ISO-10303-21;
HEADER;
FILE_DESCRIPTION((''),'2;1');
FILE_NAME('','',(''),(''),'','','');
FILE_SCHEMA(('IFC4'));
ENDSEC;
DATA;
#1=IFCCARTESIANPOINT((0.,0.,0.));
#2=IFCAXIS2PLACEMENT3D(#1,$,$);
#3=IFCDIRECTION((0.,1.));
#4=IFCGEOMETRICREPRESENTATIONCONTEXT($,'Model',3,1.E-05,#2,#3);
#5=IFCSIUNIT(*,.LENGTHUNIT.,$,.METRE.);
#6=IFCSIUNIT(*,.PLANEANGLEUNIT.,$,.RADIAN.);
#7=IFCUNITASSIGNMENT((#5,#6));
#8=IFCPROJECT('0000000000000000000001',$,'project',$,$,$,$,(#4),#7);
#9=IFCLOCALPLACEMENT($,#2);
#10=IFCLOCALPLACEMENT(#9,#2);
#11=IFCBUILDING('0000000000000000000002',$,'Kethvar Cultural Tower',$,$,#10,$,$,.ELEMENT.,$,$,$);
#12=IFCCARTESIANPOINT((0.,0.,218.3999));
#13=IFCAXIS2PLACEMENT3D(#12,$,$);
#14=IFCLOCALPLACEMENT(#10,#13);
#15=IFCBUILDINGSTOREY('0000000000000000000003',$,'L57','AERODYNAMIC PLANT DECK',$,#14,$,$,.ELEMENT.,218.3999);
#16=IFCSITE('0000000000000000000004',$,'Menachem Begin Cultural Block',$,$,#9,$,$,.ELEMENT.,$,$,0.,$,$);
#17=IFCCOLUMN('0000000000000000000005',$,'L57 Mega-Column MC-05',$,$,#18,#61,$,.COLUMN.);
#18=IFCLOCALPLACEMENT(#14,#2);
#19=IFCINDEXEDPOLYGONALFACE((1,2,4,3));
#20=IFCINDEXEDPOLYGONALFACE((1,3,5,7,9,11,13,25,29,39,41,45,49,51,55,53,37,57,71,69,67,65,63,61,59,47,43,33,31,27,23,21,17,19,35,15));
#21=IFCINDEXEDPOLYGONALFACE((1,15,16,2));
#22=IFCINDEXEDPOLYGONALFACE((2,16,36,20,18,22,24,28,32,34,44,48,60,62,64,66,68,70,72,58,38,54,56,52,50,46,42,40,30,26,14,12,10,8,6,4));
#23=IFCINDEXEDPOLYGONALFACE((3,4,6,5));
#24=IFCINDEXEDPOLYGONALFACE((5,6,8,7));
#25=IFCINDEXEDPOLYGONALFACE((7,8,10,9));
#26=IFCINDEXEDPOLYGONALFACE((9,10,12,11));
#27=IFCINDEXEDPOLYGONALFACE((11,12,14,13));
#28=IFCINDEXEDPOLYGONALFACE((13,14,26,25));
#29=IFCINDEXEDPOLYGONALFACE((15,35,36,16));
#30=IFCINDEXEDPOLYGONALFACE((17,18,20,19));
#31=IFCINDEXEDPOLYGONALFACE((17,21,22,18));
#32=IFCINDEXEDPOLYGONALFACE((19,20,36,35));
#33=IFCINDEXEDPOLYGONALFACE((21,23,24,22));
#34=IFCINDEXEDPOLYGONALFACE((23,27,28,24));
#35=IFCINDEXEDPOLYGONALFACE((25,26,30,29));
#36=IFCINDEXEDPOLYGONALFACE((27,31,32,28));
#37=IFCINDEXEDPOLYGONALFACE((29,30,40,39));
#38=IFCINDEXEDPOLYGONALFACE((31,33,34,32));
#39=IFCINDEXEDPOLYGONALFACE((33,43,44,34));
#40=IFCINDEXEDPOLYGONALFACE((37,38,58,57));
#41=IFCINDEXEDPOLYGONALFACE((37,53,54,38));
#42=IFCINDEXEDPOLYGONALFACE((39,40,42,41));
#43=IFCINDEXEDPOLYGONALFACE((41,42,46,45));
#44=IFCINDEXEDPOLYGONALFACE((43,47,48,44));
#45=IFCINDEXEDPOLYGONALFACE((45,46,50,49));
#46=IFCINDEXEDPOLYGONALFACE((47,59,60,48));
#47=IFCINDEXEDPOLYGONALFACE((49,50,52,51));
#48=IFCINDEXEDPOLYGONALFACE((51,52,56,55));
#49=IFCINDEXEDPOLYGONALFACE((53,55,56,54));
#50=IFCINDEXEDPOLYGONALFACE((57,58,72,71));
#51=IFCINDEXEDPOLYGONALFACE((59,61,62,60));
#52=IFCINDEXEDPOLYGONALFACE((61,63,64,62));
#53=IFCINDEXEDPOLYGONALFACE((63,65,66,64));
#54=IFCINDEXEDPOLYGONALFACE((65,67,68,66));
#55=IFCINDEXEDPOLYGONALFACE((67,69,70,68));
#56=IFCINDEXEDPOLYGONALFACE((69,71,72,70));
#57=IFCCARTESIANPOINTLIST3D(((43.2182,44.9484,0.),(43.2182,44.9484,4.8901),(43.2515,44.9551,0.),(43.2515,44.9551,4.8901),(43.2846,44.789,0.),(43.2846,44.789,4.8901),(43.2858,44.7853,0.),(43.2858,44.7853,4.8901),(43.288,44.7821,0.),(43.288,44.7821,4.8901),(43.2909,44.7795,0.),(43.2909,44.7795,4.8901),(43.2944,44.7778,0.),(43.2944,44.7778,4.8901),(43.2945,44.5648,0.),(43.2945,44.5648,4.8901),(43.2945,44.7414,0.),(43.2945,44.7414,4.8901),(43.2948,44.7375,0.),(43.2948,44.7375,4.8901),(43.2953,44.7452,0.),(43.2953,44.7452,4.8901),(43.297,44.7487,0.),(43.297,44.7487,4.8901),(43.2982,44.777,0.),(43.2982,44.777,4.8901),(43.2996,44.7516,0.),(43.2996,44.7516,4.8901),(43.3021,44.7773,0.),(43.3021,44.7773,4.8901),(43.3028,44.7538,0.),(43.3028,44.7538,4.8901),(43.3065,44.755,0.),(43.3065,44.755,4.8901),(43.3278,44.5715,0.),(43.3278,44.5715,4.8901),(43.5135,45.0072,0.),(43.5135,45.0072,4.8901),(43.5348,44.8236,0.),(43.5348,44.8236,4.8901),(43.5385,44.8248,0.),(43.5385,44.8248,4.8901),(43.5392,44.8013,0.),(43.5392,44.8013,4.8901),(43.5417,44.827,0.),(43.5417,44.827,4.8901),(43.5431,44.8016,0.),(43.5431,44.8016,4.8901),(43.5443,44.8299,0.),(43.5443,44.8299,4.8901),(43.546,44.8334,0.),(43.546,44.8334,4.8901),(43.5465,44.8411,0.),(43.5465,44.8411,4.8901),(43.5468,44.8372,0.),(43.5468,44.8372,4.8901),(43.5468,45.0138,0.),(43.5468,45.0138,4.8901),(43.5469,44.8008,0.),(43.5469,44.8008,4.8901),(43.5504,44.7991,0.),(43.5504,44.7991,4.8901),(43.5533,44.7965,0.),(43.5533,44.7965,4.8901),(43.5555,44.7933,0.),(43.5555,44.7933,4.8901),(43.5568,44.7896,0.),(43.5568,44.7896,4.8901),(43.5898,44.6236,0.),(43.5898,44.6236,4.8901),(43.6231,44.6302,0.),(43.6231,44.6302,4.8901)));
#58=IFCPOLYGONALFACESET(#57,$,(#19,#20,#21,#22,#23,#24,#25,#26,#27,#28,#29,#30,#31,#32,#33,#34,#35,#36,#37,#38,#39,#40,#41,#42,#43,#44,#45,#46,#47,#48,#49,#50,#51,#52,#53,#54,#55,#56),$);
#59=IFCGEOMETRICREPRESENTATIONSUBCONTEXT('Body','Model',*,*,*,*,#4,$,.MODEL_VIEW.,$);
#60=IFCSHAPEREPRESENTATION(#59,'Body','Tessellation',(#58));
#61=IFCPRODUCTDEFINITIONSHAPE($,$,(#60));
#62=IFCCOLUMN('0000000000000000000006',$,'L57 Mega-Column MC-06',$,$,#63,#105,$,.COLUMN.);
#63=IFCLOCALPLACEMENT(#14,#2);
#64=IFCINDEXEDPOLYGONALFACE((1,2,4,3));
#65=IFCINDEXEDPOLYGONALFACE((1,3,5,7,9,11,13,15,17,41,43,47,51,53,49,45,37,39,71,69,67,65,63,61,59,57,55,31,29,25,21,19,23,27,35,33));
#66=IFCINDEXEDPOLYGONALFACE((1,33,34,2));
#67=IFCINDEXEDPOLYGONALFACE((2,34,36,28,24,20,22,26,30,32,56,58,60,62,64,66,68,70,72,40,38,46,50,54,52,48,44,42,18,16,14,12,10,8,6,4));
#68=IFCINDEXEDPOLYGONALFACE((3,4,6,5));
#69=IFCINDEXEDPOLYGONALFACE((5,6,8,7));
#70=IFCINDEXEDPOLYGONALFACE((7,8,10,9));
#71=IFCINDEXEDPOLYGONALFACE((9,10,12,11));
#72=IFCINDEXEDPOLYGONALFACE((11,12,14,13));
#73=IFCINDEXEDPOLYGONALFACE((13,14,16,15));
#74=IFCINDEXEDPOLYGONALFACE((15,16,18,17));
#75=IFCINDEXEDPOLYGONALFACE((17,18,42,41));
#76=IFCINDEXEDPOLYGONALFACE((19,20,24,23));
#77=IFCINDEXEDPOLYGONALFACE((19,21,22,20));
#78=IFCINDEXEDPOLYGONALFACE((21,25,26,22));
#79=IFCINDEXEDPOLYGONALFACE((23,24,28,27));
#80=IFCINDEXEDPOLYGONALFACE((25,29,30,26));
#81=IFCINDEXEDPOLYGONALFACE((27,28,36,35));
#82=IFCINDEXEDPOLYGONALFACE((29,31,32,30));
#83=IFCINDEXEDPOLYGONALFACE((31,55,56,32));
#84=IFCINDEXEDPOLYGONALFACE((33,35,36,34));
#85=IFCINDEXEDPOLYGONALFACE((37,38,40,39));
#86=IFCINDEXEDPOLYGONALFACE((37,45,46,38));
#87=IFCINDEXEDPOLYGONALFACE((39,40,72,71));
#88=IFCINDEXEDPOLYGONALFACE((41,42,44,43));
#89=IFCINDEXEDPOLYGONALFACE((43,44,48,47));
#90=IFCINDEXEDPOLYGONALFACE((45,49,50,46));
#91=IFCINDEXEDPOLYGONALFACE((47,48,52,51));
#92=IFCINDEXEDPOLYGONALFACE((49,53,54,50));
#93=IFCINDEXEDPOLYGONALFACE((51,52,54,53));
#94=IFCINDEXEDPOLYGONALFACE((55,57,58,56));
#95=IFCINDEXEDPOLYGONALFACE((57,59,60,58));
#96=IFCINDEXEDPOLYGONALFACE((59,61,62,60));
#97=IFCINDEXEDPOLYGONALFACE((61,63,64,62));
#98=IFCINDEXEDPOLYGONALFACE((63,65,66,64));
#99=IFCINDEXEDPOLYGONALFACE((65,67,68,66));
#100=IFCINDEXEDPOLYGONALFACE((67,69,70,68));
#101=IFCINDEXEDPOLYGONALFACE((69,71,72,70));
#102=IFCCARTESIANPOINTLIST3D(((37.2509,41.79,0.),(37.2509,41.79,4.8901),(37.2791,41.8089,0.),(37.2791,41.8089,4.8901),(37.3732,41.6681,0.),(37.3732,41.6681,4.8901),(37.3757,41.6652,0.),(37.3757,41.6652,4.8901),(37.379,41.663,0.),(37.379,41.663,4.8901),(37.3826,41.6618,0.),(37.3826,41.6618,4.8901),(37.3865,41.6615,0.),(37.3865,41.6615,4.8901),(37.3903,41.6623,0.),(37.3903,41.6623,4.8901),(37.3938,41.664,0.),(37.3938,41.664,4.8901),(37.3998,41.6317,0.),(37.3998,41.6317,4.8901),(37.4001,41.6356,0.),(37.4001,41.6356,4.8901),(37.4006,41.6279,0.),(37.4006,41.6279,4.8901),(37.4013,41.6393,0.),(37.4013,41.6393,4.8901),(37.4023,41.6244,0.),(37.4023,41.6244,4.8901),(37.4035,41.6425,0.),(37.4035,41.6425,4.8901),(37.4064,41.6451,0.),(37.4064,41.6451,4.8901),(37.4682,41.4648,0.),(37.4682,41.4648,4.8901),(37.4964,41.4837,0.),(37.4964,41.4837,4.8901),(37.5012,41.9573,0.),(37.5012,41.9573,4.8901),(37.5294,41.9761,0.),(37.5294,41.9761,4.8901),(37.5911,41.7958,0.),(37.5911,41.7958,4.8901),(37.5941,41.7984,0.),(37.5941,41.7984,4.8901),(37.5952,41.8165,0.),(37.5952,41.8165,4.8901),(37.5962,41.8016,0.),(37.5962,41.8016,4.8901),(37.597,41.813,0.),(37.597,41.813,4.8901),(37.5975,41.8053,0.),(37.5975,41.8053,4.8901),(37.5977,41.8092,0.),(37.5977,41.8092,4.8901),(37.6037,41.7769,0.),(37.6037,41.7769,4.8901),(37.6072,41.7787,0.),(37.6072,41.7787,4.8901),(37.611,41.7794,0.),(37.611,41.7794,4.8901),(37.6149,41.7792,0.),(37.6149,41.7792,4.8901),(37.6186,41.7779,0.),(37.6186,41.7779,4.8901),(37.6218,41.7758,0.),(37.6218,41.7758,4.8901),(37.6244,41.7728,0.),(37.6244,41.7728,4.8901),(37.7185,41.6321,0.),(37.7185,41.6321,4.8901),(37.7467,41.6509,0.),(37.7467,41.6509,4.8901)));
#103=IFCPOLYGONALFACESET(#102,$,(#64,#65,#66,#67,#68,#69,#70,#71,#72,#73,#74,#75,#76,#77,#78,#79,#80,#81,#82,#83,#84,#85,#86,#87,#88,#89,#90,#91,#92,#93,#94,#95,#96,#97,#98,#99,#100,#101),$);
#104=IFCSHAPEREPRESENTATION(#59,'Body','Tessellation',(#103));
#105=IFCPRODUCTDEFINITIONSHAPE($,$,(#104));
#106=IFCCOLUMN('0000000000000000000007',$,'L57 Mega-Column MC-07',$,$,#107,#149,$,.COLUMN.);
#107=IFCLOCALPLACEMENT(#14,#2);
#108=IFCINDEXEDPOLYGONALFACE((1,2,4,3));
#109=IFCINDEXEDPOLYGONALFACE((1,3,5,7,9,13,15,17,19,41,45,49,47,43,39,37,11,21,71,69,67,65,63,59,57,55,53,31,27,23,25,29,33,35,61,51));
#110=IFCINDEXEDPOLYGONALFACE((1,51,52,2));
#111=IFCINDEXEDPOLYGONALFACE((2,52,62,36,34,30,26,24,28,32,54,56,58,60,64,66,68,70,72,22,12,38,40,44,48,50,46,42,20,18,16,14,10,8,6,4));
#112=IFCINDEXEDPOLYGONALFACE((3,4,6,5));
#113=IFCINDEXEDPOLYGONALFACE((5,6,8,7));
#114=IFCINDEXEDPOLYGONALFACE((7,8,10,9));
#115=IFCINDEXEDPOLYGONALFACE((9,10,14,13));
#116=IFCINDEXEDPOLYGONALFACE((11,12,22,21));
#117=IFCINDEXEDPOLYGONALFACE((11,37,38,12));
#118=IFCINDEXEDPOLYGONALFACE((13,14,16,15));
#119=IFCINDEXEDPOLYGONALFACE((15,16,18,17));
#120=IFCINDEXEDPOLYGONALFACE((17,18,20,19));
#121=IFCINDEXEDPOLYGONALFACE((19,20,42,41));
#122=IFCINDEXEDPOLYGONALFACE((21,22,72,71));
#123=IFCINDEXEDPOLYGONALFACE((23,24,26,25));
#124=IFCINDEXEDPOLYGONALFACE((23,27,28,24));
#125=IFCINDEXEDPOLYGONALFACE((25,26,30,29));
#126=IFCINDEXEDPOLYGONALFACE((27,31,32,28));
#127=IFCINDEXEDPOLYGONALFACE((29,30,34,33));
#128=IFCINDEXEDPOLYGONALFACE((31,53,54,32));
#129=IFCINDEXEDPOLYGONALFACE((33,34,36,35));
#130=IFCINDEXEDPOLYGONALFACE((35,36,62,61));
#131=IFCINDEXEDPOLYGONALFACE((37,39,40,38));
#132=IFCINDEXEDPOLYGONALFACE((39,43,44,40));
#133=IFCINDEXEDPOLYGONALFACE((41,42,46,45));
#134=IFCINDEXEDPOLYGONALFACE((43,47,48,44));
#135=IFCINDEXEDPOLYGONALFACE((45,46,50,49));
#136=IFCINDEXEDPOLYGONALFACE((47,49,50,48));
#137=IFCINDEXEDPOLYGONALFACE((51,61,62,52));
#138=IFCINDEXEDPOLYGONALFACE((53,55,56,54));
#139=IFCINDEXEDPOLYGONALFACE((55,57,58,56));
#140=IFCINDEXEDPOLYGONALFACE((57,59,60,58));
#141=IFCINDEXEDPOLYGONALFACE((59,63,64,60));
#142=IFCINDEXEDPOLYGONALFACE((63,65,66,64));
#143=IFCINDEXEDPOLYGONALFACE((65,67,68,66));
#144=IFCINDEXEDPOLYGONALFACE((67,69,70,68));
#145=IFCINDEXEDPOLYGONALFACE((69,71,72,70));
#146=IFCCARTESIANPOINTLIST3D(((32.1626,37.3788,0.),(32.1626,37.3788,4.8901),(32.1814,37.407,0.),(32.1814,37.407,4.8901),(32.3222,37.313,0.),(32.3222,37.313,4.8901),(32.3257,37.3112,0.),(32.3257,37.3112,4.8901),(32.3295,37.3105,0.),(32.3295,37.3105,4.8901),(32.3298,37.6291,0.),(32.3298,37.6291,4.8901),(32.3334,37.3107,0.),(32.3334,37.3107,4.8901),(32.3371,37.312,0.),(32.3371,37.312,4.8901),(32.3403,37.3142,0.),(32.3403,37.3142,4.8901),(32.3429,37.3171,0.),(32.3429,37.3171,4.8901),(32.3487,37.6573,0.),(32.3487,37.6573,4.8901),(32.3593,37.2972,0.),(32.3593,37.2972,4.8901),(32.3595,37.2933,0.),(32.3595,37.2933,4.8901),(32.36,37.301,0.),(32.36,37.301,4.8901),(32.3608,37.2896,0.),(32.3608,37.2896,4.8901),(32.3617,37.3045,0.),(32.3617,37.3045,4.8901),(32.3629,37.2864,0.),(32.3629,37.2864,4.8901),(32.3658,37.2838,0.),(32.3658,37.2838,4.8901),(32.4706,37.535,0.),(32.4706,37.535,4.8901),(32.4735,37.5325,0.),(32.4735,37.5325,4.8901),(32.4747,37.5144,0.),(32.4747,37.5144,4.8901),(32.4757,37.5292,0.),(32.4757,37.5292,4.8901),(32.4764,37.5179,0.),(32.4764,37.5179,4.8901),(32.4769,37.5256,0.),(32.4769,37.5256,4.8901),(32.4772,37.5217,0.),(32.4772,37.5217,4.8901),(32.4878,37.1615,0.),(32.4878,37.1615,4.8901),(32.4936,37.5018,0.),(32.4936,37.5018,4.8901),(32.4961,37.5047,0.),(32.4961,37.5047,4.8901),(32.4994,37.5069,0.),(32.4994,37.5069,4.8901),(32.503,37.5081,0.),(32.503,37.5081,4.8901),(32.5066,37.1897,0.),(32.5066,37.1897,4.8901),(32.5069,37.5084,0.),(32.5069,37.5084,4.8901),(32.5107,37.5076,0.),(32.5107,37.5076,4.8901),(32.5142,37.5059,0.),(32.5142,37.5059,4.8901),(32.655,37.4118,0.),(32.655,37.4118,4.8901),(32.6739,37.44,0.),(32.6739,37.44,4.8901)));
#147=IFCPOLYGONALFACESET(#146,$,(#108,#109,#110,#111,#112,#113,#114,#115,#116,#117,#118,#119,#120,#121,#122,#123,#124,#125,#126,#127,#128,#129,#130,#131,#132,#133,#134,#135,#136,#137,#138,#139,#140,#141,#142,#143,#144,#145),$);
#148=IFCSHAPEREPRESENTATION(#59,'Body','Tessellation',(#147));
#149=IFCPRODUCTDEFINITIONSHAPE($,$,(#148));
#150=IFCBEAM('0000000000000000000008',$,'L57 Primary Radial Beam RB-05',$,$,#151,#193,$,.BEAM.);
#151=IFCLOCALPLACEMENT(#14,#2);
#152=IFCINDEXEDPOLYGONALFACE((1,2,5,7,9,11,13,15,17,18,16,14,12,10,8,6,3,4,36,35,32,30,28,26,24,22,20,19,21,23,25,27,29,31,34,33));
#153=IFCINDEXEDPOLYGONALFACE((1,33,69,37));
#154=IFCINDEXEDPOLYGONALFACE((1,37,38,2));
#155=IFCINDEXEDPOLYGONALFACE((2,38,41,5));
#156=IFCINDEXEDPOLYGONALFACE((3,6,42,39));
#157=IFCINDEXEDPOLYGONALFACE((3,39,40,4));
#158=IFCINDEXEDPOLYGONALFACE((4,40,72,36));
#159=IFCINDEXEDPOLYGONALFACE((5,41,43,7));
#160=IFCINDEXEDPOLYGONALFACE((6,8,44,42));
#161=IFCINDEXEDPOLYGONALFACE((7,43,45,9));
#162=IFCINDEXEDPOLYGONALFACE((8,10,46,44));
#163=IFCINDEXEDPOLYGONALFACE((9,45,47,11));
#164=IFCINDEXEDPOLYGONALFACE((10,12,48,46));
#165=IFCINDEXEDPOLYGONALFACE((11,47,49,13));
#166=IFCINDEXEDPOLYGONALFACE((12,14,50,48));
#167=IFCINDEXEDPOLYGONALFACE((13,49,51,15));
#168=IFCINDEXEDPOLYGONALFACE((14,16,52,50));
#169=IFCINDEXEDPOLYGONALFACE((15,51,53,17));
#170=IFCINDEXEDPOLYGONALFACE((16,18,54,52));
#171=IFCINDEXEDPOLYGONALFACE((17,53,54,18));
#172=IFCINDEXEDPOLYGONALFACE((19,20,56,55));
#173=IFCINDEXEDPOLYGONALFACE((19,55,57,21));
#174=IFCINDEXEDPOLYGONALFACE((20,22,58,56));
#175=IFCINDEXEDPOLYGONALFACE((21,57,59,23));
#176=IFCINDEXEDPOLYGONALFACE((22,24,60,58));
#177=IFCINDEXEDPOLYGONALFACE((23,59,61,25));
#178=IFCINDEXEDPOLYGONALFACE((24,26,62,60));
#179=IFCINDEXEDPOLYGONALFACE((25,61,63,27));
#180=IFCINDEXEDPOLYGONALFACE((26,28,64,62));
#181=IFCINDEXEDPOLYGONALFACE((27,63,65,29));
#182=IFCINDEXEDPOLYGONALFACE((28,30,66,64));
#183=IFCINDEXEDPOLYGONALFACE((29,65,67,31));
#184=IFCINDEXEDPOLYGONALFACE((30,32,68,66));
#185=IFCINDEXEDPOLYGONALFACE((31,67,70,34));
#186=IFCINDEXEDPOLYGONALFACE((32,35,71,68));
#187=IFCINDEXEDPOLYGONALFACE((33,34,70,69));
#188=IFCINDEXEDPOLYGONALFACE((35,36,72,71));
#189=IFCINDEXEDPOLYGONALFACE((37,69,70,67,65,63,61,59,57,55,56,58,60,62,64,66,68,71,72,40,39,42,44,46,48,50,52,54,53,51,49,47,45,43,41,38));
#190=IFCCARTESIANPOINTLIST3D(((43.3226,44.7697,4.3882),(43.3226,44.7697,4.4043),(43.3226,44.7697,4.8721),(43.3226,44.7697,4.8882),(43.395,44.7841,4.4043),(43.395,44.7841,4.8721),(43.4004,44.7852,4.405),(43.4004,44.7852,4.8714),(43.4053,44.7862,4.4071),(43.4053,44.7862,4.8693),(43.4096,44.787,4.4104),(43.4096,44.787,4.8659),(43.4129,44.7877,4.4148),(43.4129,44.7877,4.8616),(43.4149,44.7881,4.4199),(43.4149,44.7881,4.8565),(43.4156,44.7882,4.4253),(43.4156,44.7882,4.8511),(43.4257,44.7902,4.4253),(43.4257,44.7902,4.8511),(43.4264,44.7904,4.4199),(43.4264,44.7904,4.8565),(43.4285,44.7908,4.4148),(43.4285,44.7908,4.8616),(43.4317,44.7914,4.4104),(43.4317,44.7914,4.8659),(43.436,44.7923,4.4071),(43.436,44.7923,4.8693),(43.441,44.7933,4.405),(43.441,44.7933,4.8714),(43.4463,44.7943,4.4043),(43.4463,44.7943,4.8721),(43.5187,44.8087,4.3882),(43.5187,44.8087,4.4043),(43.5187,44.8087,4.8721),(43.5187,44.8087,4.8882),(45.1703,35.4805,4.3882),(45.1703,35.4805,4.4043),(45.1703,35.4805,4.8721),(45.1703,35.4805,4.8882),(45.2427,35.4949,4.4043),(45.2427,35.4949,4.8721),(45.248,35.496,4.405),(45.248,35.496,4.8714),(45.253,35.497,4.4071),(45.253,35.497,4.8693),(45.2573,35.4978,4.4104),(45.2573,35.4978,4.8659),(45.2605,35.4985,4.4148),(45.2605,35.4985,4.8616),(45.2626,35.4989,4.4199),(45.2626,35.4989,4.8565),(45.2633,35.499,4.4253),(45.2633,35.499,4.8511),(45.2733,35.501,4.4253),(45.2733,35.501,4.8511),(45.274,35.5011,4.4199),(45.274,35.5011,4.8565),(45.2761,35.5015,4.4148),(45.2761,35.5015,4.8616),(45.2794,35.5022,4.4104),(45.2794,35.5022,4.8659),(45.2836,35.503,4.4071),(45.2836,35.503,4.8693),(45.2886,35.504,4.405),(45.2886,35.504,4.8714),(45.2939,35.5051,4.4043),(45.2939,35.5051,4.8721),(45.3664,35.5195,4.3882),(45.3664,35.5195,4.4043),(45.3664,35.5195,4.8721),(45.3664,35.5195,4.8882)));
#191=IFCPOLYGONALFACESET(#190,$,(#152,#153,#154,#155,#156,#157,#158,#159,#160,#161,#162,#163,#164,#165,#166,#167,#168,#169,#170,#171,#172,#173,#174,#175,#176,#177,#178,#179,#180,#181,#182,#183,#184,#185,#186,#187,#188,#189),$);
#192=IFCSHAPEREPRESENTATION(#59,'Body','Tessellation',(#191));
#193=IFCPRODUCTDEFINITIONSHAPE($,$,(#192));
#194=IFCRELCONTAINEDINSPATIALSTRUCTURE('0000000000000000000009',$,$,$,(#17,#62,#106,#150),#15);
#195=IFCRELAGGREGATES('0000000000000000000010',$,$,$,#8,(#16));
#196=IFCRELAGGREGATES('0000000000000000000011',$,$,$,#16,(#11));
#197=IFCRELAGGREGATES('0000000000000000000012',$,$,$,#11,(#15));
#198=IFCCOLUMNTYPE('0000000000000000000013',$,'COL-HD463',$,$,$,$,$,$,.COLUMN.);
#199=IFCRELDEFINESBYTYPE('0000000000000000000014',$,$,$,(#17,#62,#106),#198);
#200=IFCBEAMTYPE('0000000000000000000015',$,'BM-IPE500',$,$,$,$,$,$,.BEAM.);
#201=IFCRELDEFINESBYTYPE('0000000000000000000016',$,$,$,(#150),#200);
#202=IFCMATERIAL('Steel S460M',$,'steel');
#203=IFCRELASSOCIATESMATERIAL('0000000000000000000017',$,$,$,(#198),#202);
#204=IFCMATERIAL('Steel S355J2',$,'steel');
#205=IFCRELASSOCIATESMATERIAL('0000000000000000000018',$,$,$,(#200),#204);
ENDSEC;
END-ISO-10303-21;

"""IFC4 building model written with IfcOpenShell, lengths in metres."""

from ifc_helpers import new_model, si_unit, direction, frame, origin, origin_2d, place, context, subcontext, project, spatial, i_section, extrude, source, transform, mapped, material, material_profile, profile_set, type_object, element, save


model = new_model("IFC4")

# Units and contexts
model_context = context("Model", 3, precision=1e-05, world=origin(), true_north=direction((0.0, 1.0)))
body_context = subcontext(model_context, "Body", "Model", "MODEL_VIEW")
ifc_project = project(units=[si_unit("LENGTHUNIT", "METRE"), si_unit("PLANEANGLEUNIT", "RADIAN")], contexts=[model_context])

# Site, building, storey
site_placement = place(None, origin())
site = spatial("IfcSite", under=ifc_project, at=site_placement, Name="Menachem Begin Cultural Block", CompositionType="ELEMENT", RefElevation=0.0)
building_placement = place(site_placement, origin())
building = spatial("IfcBuilding", under=site, at=building_placement, Name="Kethvar Cultural Tower", CompositionType="ELEMENT")
storey_placement = place(building_placement, frame((0.0, 0.0, 218.3999)))
storey = spatial("IfcBuildingStorey", under=building, at=storey_placement, Name="L57", Description="AERODYNAMIC PLANT DECK", CompositionType="ELEMENT", Elevation=218.3999)

# Columns
ifc_material_1 = material(Name="Steel S460M", Category="steel")
ifc_material_profile_1 = material_profile(ifc_material_1, i_section(OverallWidth=0.3911, OverallDepth=0.335, WebThickness=0.0227, FlangeThickness=0.0339, FilletRadius=0.0149, at=origin_2d()), Name="Steel S460M — HD400x463")
ifc_profile_set_1 = profile_set([ifc_material_profile_1], Name="Steel S460M — HD400x463")
column_type = type_object("IfcColumnType", Name="COL-HD463", PredefinedType="COLUMN", material=ifc_profile_set_1)
shared_shape_1 = source(origin(), body_context, "Body", "SweptSolid", [
    extrude(i_section(OverallWidth=0.3911, OverallDepth=0.335, WebThickness=0.0227, FlangeThickness=0.0339, FilletRadius=0.0149, at=origin_2d()), origin(), (0.0, 0.0, 1.0), 4.8901),
])
for number, where, z_axis, x_axis, name in (
    (1, (43.4207, 44.7893, 0.0), (0.0, 0.0, 1.0), (-0.19509, 0.980785, 0.0), "L57 Mega-Column MC-05"),
    (2, (37.4988, 41.7205, 0.0), (0.0, 0.0, 1.0), (-0.55557, 0.83147, 0.0), "L57 Mega-Column MC-06"),
    (3, (32.4182, 37.4094, 0.0), (0.0, 0.0, 1.0), (-0.83147, 0.55557, 0.0), "L57 Mega-Column MC-07"),
):
    element("IfcColumn", number, at=place(storey_placement, frame(where, z_axis=z_axis, x_axis=x_axis)), inside=storey, type_object=column_type, Name=name, PredefinedType="COLUMN", context=body_context, shape_type="MappedRepresentation", body=[
        mapped(shared_shape_1, transform((0.0, 0.0, 0.0), scale=1.0)),
    ])

# Beam
ifc_material_2 = material(Name="Steel S355J2", Category="steel")
ifc_material_profile_2 = material_profile(ifc_material_2, i_section(OverallWidth=0.2, OverallDepth=0.5, WebThickness=0.0103, FlangeThickness=0.0161, FilletRadius=0.021, at=origin_2d()), Name="Steel S355J2 — IPE500")
ifc_profile_set_2 = profile_set([ifc_material_profile_2], Name="Steel S355J2 — IPE500")
beam_type_1 = type_object("IfcBeamType", Name="BM-IPE500", PredefinedType="BEAM", material=ifc_profile_set_2)
shared_shape_2 = source(origin(), body_context, "Body", "SweptSolid", [
    extrude(i_section(OverallWidth=0.2, OverallDepth=0.5, WebThickness=0.0103, FlangeThickness=0.0161, FilletRadius=0.021, at=origin_2d()), origin(), (0.0, 0.0, 1.0), 9.4712),
])
beam_1_placement = place(storey_placement, frame((45.2683, 35.5, 4.6382), z_axis=(-0.19508, 0.980787, 0.0), x_axis=(-0.980787, -0.19508, 0.0)))
element("IfcBeam", 4, at=beam_1_placement, inside=storey, type_object=beam_type_1, Name="L57 Primary Radial Beam RB-05", PredefinedType="BEAM", context=body_context, shape_type="MappedRepresentation", body=[
    mapped(shared_shape_2, transform((0.0, 0.0, 0.0), scale=1.0)),
])

save(model, "model.ifc")
